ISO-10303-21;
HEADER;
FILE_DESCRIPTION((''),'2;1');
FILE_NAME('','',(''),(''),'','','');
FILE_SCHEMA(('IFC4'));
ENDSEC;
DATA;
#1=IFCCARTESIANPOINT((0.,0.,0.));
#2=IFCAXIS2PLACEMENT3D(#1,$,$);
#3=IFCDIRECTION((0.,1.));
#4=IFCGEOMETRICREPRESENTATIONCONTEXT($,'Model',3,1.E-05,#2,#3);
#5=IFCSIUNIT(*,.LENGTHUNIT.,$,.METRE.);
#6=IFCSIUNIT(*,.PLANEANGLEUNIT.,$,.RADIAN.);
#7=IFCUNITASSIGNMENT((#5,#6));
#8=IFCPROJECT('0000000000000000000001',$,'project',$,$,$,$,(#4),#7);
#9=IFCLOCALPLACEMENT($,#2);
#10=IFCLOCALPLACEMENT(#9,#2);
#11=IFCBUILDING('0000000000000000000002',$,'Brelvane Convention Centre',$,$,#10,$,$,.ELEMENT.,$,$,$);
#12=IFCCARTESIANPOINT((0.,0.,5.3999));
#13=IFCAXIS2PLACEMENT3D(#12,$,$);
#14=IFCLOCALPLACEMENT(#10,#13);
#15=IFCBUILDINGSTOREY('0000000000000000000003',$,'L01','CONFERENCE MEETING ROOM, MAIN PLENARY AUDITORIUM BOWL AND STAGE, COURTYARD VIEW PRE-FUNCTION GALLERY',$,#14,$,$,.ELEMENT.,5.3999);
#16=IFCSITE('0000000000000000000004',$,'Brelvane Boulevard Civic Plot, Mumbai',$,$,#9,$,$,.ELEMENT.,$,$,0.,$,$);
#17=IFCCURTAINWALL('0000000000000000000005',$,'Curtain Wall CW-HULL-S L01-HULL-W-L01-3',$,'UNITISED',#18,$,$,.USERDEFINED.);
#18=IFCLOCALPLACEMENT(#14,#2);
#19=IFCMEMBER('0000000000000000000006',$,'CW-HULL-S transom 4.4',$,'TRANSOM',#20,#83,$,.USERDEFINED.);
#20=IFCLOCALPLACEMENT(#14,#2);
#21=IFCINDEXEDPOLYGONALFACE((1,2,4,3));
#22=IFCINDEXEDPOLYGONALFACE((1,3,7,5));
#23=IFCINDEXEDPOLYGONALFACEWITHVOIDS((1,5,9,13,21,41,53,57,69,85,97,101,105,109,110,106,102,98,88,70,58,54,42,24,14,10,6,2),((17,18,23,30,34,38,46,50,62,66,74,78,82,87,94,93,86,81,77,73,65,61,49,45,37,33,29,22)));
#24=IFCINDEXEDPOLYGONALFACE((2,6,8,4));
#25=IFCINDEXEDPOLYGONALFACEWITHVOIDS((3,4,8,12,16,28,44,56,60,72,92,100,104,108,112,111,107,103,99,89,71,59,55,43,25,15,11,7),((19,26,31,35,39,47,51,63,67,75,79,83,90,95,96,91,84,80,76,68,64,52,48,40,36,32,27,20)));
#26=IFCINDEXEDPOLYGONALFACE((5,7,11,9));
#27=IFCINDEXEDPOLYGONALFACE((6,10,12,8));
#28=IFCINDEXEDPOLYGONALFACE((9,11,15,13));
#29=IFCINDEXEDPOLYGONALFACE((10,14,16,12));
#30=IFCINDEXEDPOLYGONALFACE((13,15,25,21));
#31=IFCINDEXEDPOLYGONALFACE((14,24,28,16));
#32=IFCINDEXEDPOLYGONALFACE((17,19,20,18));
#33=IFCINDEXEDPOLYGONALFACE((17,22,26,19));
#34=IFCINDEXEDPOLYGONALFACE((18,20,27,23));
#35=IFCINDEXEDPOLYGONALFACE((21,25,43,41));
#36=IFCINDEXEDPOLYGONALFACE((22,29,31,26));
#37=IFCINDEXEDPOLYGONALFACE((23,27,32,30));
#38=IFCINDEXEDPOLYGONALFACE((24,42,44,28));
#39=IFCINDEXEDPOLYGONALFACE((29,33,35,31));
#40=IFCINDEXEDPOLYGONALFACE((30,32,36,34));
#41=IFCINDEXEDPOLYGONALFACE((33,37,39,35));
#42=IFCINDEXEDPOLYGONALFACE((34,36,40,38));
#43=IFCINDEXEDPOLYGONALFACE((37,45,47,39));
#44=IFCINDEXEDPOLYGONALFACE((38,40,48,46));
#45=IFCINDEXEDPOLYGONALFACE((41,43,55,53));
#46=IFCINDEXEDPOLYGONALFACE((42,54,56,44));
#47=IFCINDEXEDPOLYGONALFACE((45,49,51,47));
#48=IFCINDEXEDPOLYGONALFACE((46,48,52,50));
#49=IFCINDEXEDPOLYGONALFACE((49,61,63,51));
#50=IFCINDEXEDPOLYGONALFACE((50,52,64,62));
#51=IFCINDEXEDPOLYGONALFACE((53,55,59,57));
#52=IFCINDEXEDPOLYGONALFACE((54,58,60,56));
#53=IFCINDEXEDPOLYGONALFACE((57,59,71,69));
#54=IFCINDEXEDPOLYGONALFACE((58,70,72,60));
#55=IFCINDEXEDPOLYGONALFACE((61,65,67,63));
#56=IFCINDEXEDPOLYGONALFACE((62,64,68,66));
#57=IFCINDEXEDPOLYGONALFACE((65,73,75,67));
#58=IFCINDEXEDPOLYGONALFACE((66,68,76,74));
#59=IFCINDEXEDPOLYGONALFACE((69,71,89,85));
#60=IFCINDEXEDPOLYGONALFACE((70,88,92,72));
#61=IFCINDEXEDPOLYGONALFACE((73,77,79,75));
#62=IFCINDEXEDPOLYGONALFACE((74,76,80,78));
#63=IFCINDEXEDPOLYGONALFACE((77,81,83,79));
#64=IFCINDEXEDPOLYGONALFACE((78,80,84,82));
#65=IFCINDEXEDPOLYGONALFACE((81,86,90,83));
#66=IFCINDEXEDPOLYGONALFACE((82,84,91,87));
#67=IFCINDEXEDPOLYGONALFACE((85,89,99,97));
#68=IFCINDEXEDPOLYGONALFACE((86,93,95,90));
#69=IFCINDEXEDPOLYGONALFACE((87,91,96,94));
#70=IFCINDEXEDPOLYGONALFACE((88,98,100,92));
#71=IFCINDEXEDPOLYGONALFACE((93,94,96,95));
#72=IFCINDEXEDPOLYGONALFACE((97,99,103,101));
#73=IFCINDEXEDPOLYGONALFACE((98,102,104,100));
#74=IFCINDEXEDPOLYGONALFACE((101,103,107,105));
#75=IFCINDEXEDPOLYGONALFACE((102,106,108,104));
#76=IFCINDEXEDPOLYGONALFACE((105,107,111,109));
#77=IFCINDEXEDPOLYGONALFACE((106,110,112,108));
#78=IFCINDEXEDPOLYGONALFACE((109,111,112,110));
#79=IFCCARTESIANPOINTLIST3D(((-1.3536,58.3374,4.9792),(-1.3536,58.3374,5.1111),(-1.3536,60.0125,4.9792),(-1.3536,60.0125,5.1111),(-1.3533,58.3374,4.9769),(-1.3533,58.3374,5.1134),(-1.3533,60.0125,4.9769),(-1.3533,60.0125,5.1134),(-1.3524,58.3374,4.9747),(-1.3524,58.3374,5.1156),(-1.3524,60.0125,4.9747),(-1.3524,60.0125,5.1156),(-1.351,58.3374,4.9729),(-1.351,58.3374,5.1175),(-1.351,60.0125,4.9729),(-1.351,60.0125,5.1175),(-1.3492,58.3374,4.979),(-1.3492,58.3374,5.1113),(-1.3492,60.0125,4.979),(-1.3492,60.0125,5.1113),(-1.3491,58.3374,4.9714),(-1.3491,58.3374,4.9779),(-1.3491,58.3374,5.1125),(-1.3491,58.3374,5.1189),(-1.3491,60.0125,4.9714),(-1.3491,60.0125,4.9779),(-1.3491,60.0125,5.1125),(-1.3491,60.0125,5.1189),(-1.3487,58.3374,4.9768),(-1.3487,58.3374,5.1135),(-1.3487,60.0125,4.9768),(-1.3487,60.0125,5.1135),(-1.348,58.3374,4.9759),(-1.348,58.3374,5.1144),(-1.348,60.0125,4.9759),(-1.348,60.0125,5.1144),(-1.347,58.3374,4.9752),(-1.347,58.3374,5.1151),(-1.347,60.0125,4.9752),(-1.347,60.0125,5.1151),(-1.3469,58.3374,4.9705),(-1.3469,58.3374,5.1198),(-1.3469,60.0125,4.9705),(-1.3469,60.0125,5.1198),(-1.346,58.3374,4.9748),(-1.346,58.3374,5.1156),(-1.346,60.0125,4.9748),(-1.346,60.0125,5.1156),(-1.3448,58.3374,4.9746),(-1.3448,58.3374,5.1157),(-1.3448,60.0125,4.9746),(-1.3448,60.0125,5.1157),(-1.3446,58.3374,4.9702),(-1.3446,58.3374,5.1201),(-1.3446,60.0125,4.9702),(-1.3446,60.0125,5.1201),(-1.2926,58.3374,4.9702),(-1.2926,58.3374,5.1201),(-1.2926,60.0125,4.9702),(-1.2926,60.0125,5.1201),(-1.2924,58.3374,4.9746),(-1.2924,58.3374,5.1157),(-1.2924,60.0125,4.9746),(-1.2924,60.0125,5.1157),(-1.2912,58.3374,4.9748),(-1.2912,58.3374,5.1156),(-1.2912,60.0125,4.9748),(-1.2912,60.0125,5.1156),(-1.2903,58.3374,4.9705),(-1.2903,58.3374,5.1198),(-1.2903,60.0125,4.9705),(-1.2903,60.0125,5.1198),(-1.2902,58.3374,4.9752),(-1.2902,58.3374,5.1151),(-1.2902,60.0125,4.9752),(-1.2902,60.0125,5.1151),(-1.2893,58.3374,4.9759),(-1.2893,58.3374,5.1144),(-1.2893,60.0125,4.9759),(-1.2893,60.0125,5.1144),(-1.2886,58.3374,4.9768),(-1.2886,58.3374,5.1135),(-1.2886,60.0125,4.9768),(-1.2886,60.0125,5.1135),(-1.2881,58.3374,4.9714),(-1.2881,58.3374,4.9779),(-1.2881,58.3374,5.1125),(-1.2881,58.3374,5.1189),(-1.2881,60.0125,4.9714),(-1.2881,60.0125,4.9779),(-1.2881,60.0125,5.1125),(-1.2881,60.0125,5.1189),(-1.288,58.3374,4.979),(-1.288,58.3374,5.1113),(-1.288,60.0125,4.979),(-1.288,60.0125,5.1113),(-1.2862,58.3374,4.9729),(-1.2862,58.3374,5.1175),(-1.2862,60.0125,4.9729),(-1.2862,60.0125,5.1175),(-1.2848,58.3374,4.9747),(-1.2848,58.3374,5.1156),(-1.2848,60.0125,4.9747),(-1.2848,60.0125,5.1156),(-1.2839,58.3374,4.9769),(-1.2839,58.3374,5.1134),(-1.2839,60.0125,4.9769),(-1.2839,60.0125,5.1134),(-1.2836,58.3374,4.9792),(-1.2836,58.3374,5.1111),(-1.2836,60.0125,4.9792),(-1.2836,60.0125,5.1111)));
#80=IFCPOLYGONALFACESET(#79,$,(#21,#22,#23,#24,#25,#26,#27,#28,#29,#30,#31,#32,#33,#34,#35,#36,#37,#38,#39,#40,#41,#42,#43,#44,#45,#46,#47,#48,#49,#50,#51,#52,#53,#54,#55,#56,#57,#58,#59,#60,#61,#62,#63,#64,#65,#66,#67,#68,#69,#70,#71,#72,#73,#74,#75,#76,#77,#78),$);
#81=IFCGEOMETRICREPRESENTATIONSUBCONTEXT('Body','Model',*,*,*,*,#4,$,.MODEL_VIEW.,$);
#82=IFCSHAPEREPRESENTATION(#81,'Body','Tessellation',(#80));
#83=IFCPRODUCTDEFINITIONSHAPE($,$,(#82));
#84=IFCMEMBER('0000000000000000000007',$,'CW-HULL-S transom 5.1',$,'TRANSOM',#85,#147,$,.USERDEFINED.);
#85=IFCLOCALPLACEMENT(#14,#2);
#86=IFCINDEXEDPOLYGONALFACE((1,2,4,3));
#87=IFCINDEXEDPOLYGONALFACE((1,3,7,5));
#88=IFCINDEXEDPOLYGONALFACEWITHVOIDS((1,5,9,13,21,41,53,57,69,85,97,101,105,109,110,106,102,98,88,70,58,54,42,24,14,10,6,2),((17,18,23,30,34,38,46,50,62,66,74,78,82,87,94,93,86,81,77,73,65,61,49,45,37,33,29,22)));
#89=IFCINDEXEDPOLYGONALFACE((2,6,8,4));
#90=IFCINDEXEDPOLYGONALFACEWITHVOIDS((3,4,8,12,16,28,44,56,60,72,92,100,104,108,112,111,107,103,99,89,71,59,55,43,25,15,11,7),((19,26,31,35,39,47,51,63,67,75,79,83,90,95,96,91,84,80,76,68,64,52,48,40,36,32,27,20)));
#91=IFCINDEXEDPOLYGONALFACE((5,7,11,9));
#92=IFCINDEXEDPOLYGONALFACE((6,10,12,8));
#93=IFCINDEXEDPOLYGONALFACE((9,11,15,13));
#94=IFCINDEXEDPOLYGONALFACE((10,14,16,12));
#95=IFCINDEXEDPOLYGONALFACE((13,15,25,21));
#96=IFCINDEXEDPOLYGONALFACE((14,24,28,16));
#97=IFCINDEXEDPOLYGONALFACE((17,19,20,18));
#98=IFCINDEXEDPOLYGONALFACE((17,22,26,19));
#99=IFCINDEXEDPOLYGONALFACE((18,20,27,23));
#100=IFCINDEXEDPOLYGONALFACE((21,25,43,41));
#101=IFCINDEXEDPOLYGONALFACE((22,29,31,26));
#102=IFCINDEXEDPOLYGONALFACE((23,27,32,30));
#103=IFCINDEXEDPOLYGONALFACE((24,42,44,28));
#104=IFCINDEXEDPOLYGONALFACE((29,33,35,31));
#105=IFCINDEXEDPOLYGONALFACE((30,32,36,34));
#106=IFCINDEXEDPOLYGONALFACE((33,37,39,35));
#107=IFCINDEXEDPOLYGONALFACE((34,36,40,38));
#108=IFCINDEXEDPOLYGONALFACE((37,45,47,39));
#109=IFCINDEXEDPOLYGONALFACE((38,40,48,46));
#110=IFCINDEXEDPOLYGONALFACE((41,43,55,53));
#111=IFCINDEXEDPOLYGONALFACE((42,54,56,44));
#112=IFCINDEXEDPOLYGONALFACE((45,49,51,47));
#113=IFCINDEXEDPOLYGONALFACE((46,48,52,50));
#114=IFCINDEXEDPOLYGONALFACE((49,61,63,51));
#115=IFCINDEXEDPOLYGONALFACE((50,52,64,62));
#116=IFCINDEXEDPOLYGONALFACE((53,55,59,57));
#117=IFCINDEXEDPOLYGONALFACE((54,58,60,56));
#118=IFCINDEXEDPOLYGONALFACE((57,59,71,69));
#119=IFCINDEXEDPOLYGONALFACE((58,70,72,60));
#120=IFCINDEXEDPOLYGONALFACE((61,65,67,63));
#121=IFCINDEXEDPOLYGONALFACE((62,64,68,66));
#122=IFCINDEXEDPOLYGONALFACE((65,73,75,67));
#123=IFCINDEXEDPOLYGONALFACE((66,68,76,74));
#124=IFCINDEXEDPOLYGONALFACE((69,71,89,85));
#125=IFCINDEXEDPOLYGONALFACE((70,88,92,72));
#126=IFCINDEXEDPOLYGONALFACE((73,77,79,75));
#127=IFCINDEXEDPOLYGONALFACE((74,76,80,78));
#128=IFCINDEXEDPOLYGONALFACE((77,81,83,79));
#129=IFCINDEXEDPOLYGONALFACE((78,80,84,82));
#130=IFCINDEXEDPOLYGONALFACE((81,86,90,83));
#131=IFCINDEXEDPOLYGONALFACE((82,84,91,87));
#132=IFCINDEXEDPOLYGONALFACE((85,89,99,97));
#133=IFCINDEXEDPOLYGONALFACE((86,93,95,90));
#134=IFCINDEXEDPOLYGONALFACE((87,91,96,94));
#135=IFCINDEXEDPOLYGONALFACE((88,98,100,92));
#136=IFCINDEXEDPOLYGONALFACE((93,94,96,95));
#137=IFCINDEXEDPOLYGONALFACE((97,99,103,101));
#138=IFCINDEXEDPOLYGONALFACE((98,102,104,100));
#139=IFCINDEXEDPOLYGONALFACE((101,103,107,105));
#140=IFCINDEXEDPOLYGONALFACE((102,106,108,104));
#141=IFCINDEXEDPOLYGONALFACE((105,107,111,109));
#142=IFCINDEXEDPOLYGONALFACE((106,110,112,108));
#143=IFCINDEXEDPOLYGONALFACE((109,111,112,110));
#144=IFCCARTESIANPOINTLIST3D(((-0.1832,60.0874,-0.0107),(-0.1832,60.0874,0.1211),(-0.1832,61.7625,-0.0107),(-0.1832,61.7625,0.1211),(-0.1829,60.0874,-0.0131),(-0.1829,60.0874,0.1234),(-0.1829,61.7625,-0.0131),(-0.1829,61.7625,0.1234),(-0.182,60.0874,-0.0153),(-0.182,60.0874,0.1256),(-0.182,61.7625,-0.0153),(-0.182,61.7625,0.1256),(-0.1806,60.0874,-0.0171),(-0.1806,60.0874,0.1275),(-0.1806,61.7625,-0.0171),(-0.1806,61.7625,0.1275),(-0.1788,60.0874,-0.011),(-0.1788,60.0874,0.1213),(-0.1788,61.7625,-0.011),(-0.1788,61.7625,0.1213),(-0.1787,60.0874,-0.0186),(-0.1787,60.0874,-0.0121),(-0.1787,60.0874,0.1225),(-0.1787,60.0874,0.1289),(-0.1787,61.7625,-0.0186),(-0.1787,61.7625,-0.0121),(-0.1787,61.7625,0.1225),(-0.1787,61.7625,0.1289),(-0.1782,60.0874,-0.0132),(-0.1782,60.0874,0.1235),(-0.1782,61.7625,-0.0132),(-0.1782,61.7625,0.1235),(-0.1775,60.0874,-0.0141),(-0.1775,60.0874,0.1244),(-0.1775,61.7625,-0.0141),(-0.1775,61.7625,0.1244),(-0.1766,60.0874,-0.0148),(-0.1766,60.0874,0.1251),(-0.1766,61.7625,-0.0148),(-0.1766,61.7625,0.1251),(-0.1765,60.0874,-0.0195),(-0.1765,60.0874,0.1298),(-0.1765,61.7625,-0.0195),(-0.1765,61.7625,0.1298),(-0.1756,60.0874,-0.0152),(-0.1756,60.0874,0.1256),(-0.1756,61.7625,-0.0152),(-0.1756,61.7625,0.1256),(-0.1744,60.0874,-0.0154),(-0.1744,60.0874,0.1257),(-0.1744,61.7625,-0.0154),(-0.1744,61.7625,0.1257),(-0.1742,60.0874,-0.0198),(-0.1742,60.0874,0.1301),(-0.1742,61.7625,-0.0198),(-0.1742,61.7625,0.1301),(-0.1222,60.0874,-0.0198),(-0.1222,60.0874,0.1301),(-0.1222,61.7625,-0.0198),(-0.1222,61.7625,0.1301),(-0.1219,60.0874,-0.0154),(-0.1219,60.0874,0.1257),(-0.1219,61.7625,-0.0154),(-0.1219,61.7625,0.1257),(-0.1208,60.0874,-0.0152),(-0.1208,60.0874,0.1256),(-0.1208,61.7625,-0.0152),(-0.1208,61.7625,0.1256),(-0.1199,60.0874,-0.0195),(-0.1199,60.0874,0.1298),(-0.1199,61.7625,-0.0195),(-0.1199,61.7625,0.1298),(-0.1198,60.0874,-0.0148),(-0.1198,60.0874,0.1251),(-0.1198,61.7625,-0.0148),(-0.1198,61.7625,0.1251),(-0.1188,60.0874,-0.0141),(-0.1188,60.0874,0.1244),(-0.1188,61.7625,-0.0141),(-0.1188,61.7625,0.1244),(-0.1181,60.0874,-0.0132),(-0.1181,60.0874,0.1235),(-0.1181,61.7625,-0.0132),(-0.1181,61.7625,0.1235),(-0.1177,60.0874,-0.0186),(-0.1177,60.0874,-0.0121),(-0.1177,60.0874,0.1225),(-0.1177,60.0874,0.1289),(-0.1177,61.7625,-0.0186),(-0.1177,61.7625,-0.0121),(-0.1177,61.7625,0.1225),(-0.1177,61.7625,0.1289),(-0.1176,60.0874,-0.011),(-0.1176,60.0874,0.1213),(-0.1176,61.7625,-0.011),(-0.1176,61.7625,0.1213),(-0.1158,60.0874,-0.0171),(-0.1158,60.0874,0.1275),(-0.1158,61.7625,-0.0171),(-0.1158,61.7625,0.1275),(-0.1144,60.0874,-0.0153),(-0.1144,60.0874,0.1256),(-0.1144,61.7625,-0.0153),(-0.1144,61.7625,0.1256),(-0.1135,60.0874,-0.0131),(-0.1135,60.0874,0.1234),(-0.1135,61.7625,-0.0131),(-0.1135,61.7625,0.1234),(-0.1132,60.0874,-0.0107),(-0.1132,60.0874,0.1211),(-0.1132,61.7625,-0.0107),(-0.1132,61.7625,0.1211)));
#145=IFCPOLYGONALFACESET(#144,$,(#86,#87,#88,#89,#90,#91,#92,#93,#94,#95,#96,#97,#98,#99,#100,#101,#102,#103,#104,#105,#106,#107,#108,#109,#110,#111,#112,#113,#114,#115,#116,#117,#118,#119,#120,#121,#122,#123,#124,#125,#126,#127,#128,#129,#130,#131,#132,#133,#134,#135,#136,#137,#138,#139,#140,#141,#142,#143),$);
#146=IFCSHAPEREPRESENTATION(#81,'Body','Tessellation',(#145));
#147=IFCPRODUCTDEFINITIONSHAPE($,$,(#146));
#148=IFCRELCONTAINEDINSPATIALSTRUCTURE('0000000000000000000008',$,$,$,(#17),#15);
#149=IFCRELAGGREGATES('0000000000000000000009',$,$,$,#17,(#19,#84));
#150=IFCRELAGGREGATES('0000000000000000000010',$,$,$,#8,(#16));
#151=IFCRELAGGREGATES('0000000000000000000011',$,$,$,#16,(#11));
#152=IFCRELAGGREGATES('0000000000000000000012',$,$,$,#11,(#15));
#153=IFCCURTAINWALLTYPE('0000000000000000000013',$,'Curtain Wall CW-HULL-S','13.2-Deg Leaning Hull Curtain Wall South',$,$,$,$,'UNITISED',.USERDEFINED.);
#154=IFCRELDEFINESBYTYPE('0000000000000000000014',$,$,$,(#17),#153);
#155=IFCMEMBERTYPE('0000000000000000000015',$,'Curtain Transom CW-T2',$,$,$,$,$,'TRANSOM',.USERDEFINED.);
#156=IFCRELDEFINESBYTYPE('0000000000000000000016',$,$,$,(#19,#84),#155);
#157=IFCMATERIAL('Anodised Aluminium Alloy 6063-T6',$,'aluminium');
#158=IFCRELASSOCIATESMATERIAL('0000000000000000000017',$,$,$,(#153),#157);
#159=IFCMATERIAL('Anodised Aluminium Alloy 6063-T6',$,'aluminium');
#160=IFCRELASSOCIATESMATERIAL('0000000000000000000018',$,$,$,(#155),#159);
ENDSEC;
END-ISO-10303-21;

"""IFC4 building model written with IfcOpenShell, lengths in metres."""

from ifc_helpers import new_model, si_unit, direction, frame, origin, origin_2d, place, context, subcontext, project, spatial, hollow_rectangle, extrude, material, material_profile, profile_set, type_object, element, aggregate, save


model = new_model("IFC4")

# Units and contexts
model_context = context("Model", 3, precision=1e-05, world=origin(), true_north=direction((0.0, 1.0)))
body_context = subcontext(model_context, "Body", "Model", "MODEL_VIEW")
ifc_project = project(units=[si_unit("LENGTHUNIT", "METRE"), si_unit("PLANEANGLEUNIT", "RADIAN")], contexts=[model_context])

# Site, building, storey
site_placement = place(None, origin())
site = spatial("IfcSite", under=ifc_project, at=site_placement, Name="Brelvane Boulevard Civic Plot, Mumbai", CompositionType="ELEMENT", RefElevation=0.0)
building_placement = place(site_placement, origin())
building = spatial("IfcBuilding", under=site, at=building_placement, Name="Brelvane Convention Centre", CompositionType="ELEMENT")
storey_placement = place(building_placement, frame((0.0, 0.0, 5.3999)))
storey = spatial("IfcBuildingStorey", under=building, at=storey_placement, Name="L01", Description="CONFERENCE MEETING ROOM, MAIN PLENARY AUDITORIUM BOWL AND STAGE, COURTYARD VIEW PRE-FUNCTION GALLERY", CompositionType="ELEMENT", Elevation=5.3999)

# Curtain wall
ifc_material_1 = material(Name="Anodised Aluminium Alloy 6063-T6", Category="aluminium")
curtain_wall_type = type_object("IfcCurtainWallType", Name="Curtain Wall CW-HULL-S", Description="13.2-Deg Leaning Hull Curtain Wall South", ElementType="UNITISED", PredefinedType="USERDEFINED", material=ifc_material_1)
curtain_wall_1_placement = place(storey_placement, origin())
curtain_wall_1 = element("IfcCurtainWall", 1, at=curtain_wall_1_placement, inside=storey, type_object=curtain_wall_type, Name="Curtain Wall CW-HULL-S L01-HULL-W-L01-3", ObjectType="UNITISED", PredefinedType="USERDEFINED")

# Members
ifc_material_2 = material(Name="Anodised Aluminium Alloy 6063-T6", Category="aluminium")
ifc_material_profile_1 = material_profile(ifc_material_2, hollow_rectangle(XDim=0.0701, YDim=0.1499, WallThickness=0.0044, InnerFilletRadius=0.0044, OuterFilletRadius=0.009, at=origin_2d()), Name="ALU-T 150x70x4.5")
ifc_profile_set_1 = profile_set([ifc_material_profile_1], Name="Anodised Aluminium Alloy 6063-T6")
member_type_1 = type_object("IfcMemberType", Name="Curtain Transom CW-T2", ElementType="TRANSOM", PredefinedType="USERDEFINED", material=ifc_profile_set_1)
member_1_placement = place(storey_placement, frame((-1.3186, 58.3374, 5.0452), z_axis=(0.0, 1.0, 0.0), x_axis=(-1.0, 0.0, 0.0)))
member_1 = element("IfcMember", 2, at=member_1_placement, type_object=member_type_1, Name="CW-HULL-S transom 4.4", ObjectType="TRANSOM", PredefinedType="USERDEFINED", context=body_context, shape_type="SweptSolid", body=[
    extrude(hollow_rectangle(XDim=0.0701, YDim=0.1499, WallThickness=0.0044, InnerFilletRadius=0.0044, OuterFilletRadius=0.009, at=origin_2d()), origin(), (0.0, 0.0, 1.0), 1.675),
])
member_2_placement = place(storey_placement, frame((-0.1482, 60.0874, 0.0552), z_axis=(0.0, 1.0, 0.0), x_axis=(-1.0, 0.0, 0.0)))
member_2 = element("IfcMember", 3, at=member_2_placement, type_object=member_type_1, Name="CW-HULL-S transom 5.1", ObjectType="TRANSOM", PredefinedType="USERDEFINED", context=body_context, shape_type="SweptSolid", body=[
    extrude(hollow_rectangle(XDim=0.0701, YDim=0.1499, WallThickness=0.0044, InnerFilletRadius=0.0044, OuterFilletRadius=0.009, at=origin_2d()), origin(), (0.0, 0.0, 1.0), 1.675),
])

aggregate(curtain_wall_1, [member_1, member_2])

save(model, "model.ifc")
